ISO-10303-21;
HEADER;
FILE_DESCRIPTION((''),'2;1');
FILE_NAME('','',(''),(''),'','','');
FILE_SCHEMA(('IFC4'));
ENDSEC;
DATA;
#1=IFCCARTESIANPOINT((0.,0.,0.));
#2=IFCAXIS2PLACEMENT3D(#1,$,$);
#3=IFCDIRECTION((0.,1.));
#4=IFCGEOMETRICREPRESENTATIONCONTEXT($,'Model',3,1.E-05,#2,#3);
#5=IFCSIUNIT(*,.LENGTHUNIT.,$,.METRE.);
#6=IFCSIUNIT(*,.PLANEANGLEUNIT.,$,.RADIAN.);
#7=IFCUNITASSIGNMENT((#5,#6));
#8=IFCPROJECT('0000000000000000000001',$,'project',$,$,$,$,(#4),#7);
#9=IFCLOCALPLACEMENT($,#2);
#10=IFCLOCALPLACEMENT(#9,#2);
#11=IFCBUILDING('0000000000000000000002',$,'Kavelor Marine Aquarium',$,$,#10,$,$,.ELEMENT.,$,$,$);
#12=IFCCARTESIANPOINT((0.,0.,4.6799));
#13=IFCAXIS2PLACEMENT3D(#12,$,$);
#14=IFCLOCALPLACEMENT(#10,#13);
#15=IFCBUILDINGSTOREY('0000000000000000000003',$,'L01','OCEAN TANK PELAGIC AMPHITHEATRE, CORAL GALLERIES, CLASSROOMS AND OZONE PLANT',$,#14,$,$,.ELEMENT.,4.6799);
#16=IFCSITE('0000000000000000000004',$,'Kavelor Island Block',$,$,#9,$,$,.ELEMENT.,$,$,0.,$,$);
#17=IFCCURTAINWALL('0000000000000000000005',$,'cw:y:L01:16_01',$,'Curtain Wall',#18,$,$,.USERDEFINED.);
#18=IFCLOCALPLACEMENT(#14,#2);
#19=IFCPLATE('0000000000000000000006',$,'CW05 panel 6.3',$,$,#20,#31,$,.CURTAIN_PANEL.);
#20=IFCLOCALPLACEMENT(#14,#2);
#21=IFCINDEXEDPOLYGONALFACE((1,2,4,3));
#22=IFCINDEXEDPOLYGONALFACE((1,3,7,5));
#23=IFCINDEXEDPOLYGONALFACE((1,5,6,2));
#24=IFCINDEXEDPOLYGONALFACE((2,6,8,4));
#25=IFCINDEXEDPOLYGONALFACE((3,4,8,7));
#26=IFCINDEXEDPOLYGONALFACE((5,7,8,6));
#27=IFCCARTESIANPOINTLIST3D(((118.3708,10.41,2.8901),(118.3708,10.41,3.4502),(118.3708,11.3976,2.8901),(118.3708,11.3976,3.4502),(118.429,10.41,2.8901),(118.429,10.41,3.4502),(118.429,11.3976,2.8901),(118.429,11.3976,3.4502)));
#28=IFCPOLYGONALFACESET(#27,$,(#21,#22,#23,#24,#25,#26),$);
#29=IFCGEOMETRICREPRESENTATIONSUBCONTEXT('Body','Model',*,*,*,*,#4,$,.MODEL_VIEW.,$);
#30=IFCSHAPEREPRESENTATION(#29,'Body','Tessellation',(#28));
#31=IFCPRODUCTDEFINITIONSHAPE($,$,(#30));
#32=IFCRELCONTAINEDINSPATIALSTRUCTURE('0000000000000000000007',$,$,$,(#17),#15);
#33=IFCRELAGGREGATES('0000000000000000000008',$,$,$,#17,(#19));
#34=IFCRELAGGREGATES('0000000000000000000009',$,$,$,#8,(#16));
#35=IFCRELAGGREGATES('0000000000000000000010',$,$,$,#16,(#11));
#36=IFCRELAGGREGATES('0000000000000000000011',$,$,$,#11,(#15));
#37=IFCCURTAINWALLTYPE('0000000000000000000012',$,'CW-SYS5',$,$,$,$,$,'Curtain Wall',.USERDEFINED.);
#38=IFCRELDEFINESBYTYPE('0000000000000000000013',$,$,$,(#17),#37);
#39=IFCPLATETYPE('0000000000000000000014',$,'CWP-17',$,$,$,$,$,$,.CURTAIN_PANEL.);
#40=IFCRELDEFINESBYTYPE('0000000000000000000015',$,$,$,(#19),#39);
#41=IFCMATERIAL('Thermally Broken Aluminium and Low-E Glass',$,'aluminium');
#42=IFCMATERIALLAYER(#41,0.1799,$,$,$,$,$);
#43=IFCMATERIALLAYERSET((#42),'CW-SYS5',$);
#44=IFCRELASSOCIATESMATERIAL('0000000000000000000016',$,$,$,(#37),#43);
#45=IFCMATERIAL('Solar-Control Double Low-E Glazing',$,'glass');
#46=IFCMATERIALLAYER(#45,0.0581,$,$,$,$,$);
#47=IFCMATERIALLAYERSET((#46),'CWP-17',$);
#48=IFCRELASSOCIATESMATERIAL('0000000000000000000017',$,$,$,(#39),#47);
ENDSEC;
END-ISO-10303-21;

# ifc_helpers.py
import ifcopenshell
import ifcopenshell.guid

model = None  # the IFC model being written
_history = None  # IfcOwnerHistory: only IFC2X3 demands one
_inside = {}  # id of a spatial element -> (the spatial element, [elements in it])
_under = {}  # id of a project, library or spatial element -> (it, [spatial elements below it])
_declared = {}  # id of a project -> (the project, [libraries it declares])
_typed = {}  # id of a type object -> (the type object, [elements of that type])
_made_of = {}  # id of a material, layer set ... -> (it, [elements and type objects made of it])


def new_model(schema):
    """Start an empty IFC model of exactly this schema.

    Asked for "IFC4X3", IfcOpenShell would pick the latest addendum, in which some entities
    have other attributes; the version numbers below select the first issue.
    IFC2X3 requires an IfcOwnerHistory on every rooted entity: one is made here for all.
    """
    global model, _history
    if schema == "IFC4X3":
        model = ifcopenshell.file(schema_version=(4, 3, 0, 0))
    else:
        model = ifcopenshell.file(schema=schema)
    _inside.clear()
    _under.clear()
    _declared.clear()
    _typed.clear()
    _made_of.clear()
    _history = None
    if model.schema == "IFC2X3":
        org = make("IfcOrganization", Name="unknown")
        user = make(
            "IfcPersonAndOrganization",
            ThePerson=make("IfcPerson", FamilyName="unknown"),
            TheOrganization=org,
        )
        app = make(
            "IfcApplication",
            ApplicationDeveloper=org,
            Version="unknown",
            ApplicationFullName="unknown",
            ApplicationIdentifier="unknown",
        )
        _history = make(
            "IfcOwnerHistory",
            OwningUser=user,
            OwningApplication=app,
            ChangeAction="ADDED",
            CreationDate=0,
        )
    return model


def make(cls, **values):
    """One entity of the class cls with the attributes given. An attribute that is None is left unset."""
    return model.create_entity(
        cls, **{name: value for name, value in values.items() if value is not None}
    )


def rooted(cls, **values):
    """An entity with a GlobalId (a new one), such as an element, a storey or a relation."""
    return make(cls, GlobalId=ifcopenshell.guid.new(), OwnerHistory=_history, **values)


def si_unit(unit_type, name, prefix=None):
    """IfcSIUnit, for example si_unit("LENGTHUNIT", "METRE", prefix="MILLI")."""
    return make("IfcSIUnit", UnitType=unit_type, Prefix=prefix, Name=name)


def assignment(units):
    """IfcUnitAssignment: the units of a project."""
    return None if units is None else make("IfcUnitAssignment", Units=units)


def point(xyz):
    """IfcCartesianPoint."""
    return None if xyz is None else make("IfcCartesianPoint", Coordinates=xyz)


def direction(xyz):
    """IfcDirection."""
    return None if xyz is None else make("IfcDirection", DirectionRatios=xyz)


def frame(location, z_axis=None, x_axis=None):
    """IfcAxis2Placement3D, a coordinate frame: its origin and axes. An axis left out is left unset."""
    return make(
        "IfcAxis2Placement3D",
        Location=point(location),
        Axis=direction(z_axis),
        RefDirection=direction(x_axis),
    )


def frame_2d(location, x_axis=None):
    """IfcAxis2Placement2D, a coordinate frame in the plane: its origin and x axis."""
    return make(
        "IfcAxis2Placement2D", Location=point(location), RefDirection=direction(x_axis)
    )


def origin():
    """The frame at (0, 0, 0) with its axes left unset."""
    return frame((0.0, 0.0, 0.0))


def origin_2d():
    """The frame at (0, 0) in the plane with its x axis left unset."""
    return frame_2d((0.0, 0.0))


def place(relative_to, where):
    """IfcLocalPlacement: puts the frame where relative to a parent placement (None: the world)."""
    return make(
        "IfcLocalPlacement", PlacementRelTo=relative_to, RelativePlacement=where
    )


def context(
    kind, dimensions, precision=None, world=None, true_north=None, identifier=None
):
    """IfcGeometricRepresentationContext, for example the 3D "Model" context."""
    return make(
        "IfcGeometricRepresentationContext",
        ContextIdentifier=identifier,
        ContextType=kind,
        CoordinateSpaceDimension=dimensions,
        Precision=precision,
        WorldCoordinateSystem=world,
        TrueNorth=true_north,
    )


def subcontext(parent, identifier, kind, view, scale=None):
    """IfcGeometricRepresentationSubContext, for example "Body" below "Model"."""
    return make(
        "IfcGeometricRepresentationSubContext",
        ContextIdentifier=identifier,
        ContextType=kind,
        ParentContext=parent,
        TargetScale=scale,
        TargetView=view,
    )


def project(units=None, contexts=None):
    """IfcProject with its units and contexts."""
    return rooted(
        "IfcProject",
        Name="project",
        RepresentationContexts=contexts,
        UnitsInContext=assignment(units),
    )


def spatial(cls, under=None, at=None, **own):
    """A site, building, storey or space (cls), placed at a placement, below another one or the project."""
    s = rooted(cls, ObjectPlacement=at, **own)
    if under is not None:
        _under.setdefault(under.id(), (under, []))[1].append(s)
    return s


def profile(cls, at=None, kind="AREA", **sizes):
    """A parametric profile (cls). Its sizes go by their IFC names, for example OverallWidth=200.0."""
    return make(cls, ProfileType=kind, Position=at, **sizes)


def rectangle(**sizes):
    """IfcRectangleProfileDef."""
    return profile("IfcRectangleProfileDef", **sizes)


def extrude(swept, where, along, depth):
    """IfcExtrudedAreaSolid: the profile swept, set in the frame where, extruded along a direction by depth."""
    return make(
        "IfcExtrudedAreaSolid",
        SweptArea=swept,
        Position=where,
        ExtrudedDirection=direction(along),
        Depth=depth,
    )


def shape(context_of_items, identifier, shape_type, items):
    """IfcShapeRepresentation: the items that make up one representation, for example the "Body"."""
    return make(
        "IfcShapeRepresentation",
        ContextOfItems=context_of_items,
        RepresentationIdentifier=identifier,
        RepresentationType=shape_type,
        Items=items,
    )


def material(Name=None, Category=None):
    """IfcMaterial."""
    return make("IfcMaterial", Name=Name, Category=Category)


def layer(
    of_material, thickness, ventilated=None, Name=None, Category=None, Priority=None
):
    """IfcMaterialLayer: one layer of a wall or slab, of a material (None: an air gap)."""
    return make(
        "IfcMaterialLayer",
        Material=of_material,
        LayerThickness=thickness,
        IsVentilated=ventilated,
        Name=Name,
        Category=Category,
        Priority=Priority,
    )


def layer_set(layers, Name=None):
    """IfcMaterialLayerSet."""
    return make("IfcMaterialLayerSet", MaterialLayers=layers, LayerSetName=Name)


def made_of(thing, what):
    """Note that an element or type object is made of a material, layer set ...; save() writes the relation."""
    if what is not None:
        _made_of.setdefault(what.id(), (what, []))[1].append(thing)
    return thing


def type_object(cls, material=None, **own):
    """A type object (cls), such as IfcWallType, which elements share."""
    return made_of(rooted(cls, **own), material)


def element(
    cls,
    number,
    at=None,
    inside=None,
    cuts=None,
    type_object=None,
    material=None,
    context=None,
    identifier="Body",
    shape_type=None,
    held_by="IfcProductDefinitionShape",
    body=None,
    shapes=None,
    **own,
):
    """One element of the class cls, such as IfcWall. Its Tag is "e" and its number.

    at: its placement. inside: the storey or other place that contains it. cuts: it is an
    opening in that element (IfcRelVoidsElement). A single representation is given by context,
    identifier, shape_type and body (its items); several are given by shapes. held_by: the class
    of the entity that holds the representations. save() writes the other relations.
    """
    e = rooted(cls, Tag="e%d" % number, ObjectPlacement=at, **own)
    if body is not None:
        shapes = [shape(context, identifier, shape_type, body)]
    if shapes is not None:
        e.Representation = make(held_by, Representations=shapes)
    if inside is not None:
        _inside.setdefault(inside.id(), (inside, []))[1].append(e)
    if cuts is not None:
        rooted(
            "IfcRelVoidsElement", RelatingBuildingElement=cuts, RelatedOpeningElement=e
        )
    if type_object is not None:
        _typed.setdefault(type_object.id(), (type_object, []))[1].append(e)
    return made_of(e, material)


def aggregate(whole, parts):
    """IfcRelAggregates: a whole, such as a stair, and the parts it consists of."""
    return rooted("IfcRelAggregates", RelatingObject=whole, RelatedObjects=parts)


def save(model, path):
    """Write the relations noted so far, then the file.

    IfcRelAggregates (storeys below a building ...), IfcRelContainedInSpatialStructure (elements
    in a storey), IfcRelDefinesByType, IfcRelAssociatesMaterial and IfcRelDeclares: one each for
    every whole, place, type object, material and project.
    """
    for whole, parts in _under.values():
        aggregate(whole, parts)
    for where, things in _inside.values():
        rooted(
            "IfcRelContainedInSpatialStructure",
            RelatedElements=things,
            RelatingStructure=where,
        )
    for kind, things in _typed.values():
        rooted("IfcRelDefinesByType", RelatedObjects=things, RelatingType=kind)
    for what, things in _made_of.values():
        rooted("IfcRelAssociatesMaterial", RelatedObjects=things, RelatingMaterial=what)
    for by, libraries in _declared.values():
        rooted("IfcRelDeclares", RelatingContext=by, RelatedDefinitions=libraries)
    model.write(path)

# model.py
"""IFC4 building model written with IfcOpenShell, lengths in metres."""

from ifc_helpers import new_model, si_unit, direction, frame, origin, origin_2d, place, context, subcontext, project, spatial, rectangle, extrude, material, layer, layer_set, type_object, element, aggregate, save


model = new_model("IFC4")

# Units and contexts
model_context = context("Model", 3, precision=1e-05, world=origin(), true_north=direction((0.0, 1.0)))
body_context = subcontext(model_context, "Body", "Model", "MODEL_VIEW")
ifc_project = project(units=[si_unit("LENGTHUNIT", "METRE"), si_unit("PLANEANGLEUNIT", "RADIAN")], contexts=[model_context])

# Site, building, storey
site_placement = place(None, origin())
site = spatial("IfcSite", under=ifc_project, at=site_placement, Name="Kavelor Island Block", CompositionType="ELEMENT", RefElevation=0.0)
building_placement = place(site_placement, origin())
building = spatial("IfcBuilding", under=site, at=building_placement, Name="Kavelor Marine Aquarium", CompositionType="ELEMENT")
storey_placement = place(building_placement, frame((0.0, 0.0, 4.6799)))
storey = spatial("IfcBuildingStorey", under=building, at=storey_placement, Name="L01", Description="OCEAN TANK PELAGIC AMPHITHEATRE, CORAL GALLERIES, CLASSROOMS AND OZONE PLANT", CompositionType="ELEMENT", Elevation=4.6799)

# Curtain wall
ifc_material_1 = material(Name="Thermally Broken Aluminium and Low-E Glass", Category="aluminium")
ifc_layer_1 = layer(ifc_material_1, 0.1799)
ifc_layer_set_1 = layer_set([ifc_layer_1], Name="CW-SYS5")
curtain_wall_type_1 = type_object("IfcCurtainWallType", Name="CW-SYS5", ElementType="Curtain Wall", PredefinedType="USERDEFINED", material=ifc_layer_set_1)
curtain_wall_1_placement = place(storey_placement, origin())
curtain_wall_1 = element("IfcCurtainWall", 1, at=curtain_wall_1_placement, inside=storey, type_object=curtain_wall_type_1, Name="cw:y:L01:16_01", ObjectType="Curtain Wall", PredefinedType="USERDEFINED")

# Plate
ifc_material_2 = material(Name="Solar-Control Double Low-E Glazing", Category="glass")
ifc_layer_2 = layer(ifc_material_2, 0.0581)
ifc_layer_set_2 = layer_set([ifc_layer_2], Name="CWP-17")
plate_type_1 = type_object("IfcPlateType", Name="CWP-17", PredefinedType="CURTAIN_PANEL", material=ifc_layer_set_2)
plate_1_placement = place(storey_placement, frame((118.3999, 10.9038, 2.8901), z_axis=(0.0, 0.0, 1.0), x_axis=(0.0, -1.0, 0.0)))
plate_1 = element("IfcPlate", 2, at=plate_1_placement, type_object=plate_type_1, Name="CW05 panel 6.3", PredefinedType="CURTAIN_PANEL", context=body_context, shape_type="SweptSolid", body=[
    extrude(rectangle(XDim=0.9875, YDim=0.0581, at=origin_2d()), origin(), (0.0, 0.0, 1.0), 0.5601),
])
aggregate(curtain_wall_1, [plate_1])

save(model, "model.ifc")
